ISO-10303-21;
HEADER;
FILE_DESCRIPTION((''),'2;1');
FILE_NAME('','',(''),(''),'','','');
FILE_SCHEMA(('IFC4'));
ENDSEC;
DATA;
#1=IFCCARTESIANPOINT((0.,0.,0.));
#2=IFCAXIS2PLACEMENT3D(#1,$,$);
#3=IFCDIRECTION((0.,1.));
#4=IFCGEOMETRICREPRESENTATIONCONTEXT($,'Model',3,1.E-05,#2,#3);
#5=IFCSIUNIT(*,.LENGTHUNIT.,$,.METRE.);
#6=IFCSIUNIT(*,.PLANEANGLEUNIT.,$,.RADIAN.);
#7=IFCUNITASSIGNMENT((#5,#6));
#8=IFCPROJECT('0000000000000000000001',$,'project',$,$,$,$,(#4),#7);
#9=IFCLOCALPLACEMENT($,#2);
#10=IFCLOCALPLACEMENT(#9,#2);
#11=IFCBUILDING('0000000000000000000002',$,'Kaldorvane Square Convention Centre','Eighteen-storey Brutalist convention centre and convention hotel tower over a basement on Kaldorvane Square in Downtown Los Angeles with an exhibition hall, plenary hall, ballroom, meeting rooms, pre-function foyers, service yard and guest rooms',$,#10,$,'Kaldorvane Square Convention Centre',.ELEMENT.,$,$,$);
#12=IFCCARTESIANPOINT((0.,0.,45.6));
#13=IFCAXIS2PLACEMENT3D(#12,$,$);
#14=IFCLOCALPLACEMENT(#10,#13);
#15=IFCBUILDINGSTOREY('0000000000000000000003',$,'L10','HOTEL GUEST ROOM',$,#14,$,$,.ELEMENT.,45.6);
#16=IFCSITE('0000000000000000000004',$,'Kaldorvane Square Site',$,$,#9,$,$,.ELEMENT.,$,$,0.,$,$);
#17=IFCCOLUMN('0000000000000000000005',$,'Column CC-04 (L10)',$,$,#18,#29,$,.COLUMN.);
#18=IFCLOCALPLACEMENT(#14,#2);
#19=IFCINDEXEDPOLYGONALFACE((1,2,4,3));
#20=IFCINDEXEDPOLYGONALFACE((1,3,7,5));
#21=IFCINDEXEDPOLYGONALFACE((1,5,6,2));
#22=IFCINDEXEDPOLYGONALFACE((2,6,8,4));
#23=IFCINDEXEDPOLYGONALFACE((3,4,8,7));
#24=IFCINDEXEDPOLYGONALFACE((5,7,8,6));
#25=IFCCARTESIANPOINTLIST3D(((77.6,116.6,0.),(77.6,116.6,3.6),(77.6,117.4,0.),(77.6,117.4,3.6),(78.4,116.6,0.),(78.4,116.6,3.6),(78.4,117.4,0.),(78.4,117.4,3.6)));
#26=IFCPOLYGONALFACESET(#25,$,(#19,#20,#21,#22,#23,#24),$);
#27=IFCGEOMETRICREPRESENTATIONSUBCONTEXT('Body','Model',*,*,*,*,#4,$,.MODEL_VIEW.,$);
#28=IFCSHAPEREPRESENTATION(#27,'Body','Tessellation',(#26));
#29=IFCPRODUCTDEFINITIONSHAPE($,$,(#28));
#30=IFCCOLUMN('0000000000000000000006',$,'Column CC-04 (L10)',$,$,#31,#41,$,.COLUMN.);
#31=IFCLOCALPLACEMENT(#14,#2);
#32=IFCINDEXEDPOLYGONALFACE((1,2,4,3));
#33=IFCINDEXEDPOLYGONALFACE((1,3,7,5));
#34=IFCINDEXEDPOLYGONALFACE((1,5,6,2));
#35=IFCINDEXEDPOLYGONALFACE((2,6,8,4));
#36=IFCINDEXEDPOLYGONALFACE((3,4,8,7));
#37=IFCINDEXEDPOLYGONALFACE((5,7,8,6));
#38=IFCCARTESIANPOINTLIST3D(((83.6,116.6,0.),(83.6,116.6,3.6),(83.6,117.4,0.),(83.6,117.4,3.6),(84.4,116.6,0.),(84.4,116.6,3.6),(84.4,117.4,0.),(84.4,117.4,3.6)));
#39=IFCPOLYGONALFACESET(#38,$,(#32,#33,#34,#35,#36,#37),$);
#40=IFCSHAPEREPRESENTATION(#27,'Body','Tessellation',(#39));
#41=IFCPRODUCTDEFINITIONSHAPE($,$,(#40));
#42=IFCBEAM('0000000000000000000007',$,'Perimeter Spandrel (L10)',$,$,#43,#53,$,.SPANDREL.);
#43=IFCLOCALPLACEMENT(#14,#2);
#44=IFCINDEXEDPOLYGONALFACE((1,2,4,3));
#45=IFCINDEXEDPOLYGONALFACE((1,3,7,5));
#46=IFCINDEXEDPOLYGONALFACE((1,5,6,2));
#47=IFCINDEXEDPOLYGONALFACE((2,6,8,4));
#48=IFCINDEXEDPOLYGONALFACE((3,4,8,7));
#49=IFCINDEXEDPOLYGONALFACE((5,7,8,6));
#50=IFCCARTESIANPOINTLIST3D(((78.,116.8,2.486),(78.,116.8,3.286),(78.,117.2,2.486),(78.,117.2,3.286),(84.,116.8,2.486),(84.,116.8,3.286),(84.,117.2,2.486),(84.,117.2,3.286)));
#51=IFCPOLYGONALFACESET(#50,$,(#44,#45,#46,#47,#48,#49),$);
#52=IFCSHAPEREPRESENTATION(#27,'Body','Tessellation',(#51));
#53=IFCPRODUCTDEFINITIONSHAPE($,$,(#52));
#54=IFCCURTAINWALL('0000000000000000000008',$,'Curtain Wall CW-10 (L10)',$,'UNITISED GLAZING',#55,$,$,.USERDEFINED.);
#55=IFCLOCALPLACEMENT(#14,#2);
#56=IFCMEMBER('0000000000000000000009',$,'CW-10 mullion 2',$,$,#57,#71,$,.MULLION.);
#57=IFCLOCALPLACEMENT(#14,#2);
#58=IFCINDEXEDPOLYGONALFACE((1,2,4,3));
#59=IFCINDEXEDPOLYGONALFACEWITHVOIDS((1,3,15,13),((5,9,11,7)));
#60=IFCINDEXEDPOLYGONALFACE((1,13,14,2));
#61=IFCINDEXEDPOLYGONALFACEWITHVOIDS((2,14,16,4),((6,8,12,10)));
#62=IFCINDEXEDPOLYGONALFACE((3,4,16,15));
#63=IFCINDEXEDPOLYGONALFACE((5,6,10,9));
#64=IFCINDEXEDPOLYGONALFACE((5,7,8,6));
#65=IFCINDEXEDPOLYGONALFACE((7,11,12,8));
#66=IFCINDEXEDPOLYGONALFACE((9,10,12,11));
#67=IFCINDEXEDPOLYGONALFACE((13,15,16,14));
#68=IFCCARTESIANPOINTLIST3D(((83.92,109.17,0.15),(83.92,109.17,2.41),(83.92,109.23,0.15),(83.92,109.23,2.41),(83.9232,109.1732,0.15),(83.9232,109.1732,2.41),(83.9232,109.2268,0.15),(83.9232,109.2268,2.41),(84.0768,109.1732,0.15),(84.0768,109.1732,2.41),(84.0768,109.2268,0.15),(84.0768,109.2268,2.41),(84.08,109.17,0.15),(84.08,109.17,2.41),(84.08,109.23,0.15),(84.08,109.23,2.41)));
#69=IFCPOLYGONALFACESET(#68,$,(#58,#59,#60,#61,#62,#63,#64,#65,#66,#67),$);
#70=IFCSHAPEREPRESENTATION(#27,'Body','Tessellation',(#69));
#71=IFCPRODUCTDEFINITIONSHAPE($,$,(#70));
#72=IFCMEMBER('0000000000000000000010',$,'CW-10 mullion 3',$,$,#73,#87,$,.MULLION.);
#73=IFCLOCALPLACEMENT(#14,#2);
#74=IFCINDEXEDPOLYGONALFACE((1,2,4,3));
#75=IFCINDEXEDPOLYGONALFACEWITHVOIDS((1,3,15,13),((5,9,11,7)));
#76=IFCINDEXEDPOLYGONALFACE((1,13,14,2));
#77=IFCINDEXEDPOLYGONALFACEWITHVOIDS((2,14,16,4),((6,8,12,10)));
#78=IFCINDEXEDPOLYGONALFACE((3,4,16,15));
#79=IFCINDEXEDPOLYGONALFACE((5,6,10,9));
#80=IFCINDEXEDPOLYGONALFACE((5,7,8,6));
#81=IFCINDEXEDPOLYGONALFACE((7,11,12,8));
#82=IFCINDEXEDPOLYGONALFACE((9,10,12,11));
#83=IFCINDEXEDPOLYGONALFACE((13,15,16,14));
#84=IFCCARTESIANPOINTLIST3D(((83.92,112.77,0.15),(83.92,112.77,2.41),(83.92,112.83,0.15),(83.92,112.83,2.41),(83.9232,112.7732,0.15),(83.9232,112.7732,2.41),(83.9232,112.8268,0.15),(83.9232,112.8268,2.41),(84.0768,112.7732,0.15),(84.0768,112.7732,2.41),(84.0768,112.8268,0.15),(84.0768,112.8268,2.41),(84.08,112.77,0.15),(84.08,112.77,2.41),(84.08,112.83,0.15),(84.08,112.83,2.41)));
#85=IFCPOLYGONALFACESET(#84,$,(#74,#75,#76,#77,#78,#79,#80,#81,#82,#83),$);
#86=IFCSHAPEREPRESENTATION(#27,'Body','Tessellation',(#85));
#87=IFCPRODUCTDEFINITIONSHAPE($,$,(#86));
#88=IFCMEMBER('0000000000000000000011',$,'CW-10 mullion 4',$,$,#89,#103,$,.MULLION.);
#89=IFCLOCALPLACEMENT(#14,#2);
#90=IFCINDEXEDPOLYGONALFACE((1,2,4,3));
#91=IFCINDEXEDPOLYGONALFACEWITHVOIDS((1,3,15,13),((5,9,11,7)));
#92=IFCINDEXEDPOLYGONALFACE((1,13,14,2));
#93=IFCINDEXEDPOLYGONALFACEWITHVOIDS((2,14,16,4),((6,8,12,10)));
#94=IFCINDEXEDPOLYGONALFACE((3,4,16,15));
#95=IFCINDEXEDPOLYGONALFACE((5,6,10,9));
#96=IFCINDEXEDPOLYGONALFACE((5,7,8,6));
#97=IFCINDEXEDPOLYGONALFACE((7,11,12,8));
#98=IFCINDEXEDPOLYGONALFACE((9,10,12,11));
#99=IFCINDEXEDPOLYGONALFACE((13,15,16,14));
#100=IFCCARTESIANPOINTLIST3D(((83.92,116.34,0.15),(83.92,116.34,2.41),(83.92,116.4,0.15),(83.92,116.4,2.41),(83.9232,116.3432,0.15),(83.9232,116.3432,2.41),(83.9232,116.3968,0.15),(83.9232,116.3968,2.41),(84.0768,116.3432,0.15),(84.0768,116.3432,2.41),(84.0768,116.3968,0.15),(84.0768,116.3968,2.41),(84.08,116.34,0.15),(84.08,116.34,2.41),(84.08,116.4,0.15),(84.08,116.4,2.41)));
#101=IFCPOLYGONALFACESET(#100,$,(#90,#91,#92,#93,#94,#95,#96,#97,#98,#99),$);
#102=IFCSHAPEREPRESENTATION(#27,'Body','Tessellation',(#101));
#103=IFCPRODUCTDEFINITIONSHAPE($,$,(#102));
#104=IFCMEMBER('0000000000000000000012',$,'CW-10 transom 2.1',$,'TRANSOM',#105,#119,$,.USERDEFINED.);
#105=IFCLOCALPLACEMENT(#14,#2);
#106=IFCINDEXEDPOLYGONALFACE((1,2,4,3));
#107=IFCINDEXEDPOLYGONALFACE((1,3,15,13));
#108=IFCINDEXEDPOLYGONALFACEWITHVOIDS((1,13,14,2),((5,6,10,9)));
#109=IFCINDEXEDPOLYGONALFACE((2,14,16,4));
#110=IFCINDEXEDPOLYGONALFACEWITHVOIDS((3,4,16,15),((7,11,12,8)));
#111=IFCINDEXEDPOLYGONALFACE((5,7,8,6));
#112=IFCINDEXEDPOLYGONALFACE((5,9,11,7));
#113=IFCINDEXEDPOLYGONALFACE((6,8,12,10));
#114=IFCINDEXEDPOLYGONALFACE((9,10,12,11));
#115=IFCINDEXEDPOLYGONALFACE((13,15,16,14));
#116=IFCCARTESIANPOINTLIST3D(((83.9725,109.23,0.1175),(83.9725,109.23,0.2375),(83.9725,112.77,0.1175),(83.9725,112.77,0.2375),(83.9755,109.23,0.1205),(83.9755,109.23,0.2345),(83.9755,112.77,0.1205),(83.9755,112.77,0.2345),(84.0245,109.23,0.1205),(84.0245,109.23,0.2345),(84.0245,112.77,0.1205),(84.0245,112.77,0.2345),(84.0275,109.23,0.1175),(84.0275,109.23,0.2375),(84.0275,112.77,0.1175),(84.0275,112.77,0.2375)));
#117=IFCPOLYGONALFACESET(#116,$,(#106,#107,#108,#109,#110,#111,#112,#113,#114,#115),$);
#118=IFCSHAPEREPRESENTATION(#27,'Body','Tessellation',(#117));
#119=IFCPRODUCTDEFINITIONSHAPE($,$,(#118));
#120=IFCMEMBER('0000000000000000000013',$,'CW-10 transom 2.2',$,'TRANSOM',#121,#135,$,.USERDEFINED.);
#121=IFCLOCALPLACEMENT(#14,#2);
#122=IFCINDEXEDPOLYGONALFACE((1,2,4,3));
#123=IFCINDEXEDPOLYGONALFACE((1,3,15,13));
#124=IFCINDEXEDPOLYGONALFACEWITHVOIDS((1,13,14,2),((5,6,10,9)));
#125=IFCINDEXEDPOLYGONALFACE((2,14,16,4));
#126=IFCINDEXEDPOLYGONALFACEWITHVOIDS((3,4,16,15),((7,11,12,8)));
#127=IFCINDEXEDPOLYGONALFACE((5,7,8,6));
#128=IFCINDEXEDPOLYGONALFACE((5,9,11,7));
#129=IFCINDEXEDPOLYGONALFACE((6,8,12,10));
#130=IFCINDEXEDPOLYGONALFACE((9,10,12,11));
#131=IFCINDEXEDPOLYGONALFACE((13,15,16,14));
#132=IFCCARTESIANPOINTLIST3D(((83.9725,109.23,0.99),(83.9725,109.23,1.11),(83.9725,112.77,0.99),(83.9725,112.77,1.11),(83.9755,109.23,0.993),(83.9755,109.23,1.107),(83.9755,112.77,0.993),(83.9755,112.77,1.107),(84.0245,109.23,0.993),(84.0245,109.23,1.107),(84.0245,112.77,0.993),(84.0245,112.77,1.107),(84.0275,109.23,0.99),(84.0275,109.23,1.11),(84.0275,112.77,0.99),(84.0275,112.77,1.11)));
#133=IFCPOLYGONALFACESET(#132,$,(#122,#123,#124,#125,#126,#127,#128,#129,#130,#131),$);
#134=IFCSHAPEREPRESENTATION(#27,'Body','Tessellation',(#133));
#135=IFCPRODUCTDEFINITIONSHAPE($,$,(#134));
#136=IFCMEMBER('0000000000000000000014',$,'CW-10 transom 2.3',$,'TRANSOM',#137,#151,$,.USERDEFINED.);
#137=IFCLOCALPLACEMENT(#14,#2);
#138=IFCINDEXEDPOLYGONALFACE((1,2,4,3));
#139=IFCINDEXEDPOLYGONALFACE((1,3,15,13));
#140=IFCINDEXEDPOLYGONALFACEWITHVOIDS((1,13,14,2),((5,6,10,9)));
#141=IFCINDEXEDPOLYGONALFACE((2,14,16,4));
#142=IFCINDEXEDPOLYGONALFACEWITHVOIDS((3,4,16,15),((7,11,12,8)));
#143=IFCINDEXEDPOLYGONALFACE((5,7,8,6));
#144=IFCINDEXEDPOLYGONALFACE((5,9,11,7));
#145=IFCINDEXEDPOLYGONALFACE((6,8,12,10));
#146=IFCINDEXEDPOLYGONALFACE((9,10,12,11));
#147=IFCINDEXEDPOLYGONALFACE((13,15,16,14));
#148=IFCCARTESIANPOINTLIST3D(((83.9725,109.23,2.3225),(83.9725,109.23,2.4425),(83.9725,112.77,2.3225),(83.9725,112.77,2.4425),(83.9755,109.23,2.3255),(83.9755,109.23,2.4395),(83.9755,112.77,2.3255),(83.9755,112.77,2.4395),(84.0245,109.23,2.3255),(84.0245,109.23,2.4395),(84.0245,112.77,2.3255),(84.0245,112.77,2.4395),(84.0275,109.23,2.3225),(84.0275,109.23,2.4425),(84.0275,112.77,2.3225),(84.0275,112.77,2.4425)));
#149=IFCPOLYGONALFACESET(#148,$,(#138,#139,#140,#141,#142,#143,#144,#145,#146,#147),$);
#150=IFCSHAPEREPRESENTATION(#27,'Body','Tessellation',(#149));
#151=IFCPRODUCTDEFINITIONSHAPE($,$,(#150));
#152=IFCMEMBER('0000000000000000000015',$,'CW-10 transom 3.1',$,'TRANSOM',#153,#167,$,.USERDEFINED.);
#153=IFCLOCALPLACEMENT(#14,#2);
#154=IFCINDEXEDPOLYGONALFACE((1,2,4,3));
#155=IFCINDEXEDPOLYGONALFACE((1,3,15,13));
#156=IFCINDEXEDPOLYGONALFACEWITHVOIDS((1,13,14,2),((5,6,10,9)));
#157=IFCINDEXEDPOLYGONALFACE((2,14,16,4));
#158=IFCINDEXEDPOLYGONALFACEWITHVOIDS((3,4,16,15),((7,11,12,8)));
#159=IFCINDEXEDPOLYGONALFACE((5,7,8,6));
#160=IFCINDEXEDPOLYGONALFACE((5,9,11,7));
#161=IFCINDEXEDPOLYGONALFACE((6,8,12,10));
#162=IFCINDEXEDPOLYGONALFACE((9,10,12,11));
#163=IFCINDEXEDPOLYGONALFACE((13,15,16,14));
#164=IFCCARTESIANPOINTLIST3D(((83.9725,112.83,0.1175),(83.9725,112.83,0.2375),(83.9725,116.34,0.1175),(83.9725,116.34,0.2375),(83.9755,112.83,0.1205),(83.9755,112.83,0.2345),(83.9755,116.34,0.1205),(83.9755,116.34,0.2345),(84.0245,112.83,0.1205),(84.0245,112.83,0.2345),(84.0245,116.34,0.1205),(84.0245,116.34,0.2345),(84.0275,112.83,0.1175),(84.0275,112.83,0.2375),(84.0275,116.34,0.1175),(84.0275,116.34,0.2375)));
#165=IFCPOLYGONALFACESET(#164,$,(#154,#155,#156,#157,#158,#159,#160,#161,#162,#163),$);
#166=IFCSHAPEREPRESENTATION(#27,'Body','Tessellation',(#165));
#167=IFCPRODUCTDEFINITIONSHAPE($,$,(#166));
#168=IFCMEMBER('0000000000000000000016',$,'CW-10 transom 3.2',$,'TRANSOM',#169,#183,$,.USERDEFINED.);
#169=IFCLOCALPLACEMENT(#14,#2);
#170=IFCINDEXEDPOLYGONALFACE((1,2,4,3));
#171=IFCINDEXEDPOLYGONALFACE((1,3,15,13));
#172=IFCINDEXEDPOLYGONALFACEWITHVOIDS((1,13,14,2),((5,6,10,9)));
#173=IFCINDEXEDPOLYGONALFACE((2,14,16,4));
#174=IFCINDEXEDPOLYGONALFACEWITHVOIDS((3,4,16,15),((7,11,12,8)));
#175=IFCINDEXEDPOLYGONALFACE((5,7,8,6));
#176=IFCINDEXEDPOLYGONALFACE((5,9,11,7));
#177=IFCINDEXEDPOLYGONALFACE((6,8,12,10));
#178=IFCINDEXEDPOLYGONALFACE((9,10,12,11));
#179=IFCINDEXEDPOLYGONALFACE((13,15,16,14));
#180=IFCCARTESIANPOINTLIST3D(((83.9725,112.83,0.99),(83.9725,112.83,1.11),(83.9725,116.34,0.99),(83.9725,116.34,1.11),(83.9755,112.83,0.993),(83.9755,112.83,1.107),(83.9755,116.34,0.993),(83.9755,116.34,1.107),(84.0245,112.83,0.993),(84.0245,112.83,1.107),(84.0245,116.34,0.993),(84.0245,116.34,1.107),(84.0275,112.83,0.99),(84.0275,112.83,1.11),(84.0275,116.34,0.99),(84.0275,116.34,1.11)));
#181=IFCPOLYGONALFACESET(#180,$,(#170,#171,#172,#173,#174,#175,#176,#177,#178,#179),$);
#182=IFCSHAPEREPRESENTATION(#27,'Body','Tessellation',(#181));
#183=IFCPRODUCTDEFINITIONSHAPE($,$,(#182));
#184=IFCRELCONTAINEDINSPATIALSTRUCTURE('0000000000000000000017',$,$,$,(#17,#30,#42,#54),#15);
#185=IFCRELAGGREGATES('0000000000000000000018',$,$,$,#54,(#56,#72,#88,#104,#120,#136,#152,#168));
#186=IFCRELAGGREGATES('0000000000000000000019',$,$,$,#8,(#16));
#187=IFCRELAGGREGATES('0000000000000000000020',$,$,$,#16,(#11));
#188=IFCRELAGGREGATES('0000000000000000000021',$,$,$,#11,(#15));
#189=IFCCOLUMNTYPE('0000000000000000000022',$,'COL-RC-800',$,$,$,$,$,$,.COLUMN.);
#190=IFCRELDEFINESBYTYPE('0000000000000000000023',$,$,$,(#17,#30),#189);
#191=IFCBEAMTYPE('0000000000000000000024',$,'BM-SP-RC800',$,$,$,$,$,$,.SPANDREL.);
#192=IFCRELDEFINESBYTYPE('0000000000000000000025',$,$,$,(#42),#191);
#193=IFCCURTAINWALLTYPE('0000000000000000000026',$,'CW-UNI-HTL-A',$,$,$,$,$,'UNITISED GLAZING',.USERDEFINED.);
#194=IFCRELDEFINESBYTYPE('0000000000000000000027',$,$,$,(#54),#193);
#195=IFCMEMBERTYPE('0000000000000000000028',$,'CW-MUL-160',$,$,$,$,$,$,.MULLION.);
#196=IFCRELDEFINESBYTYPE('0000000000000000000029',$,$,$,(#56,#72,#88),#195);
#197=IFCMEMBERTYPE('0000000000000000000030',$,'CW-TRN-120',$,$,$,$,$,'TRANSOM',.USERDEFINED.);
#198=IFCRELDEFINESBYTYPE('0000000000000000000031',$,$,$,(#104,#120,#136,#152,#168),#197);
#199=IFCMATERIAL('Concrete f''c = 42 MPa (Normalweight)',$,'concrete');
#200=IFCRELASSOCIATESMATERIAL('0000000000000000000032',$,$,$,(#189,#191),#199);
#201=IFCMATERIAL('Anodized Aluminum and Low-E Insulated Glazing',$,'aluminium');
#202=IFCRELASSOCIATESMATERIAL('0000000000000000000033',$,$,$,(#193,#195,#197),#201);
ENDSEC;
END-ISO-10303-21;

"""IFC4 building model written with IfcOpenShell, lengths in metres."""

from ifc_helpers import new_model, si_unit, direction, frame, origin, origin_2d, place, context, subcontext, project, spatial, rectangle, hollow_rectangle, extrude, material, material_profile, profile_set, type_object, element, aggregate, save


model = new_model("IFC4")

# Units and contexts
model_context = context("Model", 3, precision=1e-05, world=origin(), true_north=direction((0.0, 1.0)))
body_context = subcontext(model_context, "Body", "Model", "MODEL_VIEW")
ifc_project = project(units=[si_unit("LENGTHUNIT", "METRE"), si_unit("PLANEANGLEUNIT", "RADIAN")], contexts=[model_context])

# Site, building, storey
site_placement = place(None, origin())
site = spatial("IfcSite", under=ifc_project, at=site_placement, Name="Kaldorvane Square Site", CompositionType="ELEMENT", RefElevation=0.0)
building_placement = place(site_placement, origin())
building = spatial("IfcBuilding", under=site, at=building_placement, Name="Kaldorvane Square Convention Centre", Description="Eighteen-storey Brutalist convention centre and convention hotel tower over a basement on Kaldorvane Square in Downtown Los Angeles with an exhibition hall, plenary hall, ballroom, meeting rooms, pre-function foyers, service yard and guest rooms", LongName="Kaldorvane Square Convention Centre", CompositionType="ELEMENT")
storey_placement = place(building_placement, frame((0.0, 0.0, 45.6)))
storey = spatial("IfcBuildingStorey", under=building, at=storey_placement, Name="L10", Description="HOTEL GUEST ROOM", CompositionType="ELEMENT", Elevation=45.6)

# Columns
ifc_material_1 = material(Name="Concrete f'c = 42 MPa (Normalweight)", Category="concrete")
ifc_material_profile_1 = material_profile(ifc_material_1, rectangle(XDim=0.8, YDim=0.8, at=origin_2d()), Name="RC800X800")
ifc_profile_set_1 = profile_set([ifc_material_profile_1], Name="Concrete f'c = 42 MPa (Normalweight)")
column_type = type_object("IfcColumnType", Name="COL-RC-800", PredefinedType="COLUMN", material=ifc_profile_set_1)
for number, where, z_axis, x_axis, name in (
    (1, (78.0, 117.0, 0.0), (0.0, 0.0, 1.0), (1.0, 0.0, 0.0), "Column CC-04 (L10)"),
    (2, (84.0, 117.0, 0.0), (0.0, 0.0, 1.0), (1.0, 0.0, 0.0), "Column CC-04 (L10)"),
):
    element("IfcColumn", number, at=place(storey_placement, frame(where, z_axis=z_axis, x_axis=x_axis)), inside=storey, type_object=column_type, Name=name, PredefinedType="COLUMN", context=body_context, shape_type="SweptSolid", body=[
        extrude(rectangle(XDim=0.8, YDim=0.8, at=origin_2d()), origin(), (0.0, 0.0, 1.0), 3.6),
    ])

# Beam
ifc_material_profile_2 = material_profile(ifc_material_1, rectangle(XDim=0.4, YDim=0.8, at=origin_2d()), Name="RCSP800X400")
ifc_profile_set_2 = profile_set([ifc_material_profile_2], Name="Concrete f'c = 42 MPa (Normalweight)")
beam_type = type_object("IfcBeamType", Name="BM-SP-RC800", PredefinedType="SPANDREL", material=ifc_profile_set_2)
beam_placement = place(storey_placement, frame((78.0, 117.0, 2.886), z_axis=(1.0, 0.0, 0.0), x_axis=(0.0, 1.0, 0.0)))
element("IfcBeam", 3, at=beam_placement, inside=storey, type_object=beam_type, Name="Perimeter Spandrel (L10)", PredefinedType="SPANDREL", context=body_context, shape_type="SweptSolid", body=[
    extrude(rectangle(XDim=0.4, YDim=0.8, at=origin_2d()), origin(), (0.0, 0.0, 1.0), 6.0),
])

# Curtain wall, members
ifc_material_2 = material(Name="Anodized Aluminum and Low-E Insulated Glazing", Category="aluminium")
curtain_wall_type = type_object("IfcCurtainWallType", Name="CW-UNI-HTL-A", ElementType="UNITISED GLAZING", PredefinedType="USERDEFINED", material=ifc_material_2)
curtain_wall_placement = place(storey_placement, origin())
curtain_wall = element("IfcCurtainWall", 4, at=curtain_wall_placement, inside=storey, type_object=curtain_wall_type, Name="Curtain Wall CW-10 (L10)", ObjectType="UNITISED GLAZING", PredefinedType="USERDEFINED")
ifc_material_profile_3 = material_profile(ifc_material_2, hollow_rectangle(XDim=0.06, YDim=0.16, WallThickness=0.0032, at=origin_2d()), Name="CWM-160X60")
ifc_profile_set_3 = profile_set([ifc_material_profile_3], Name="Anodized Aluminum and Low-E Insulated Glazing")
member_type_1 = type_object("IfcMemberType", Name="CW-MUL-160", PredefinedType="MULLION", material=ifc_profile_set_3)
member_1_placement = place(storey_placement, frame((84.0, 109.2, 0.15), z_axis=(0.0, 0.0, 1.0), x_axis=(0.0, 1.0, 0.0)))
member_1 = element("IfcMember", 5, at=member_1_placement, type_object=member_type_1, Name="CW-10 mullion 2", PredefinedType="MULLION", context=body_context, shape_type="SweptSolid", body=[
    extrude(hollow_rectangle(XDim=0.06, YDim=0.16, WallThickness=0.0032, at=origin_2d()), origin(), (0.0, 0.0, 1.0), 2.26),
])
member_2_placement = place(storey_placement, frame((84.0, 112.8, 0.15), z_axis=(0.0, 0.0, 1.0), x_axis=(0.0, 1.0, 0.0)))
member_2 = element("IfcMember", 6, at=member_2_placement, type_object=member_type_1, Name="CW-10 mullion 3", PredefinedType="MULLION", context=body_context, shape_type="SweptSolid", body=[
    extrude(hollow_rectangle(XDim=0.06, YDim=0.16, WallThickness=0.0032, at=origin_2d()), origin(), (0.0, 0.0, 1.0), 2.26),
])
member_3_placement = place(storey_placement, frame((84.0, 116.37, 0.15), z_axis=(0.0, 0.0, 1.0), x_axis=(0.0, 1.0, 0.0)))
member_3 = element("IfcMember", 7, at=member_3_placement, type_object=member_type_1, Name="CW-10 mullion 4", PredefinedType="MULLION", context=body_context, shape_type="SweptSolid", body=[
    extrude(hollow_rectangle(XDim=0.06, YDim=0.16, WallThickness=0.0032, at=origin_2d()), origin(), (0.0, 0.0, 1.0), 2.26),
])
ifc_material_profile_4 = material_profile(ifc_material_2, hollow_rectangle(XDim=0.055, YDim=0.12, WallThickness=0.003, at=origin_2d()), Name="CWT-120X55")
ifc_profile_set_4 = profile_set([ifc_material_profile_4], Name="Anodized Aluminum and Low-E Insulated Glazing")
member_type_2 = type_object("IfcMemberType", Name="CW-TRN-120", ElementType="TRANSOM", PredefinedType="USERDEFINED", material=ifc_profile_set_4)
member_4_placement = place(storey_placement, frame((84.0, 109.23, 0.1775), z_axis=(0.0, 1.0, 0.0), x_axis=(-1.0, 0.0, 0.0)))
member_4 = element("IfcMember", 8, at=member_4_placement, type_object=member_type_2, Name="CW-10 transom 2.1", ObjectType="TRANSOM", PredefinedType="USERDEFINED", context=body_context, shape_type="SweptSolid", body=[
    extrude(hollow_rectangle(XDim=0.055, YDim=0.12, WallThickness=0.003, at=origin_2d()), origin(), (0.0, 0.0, 1.0), 3.54),
])
member_5_placement = place(storey_placement, frame((84.0, 109.23, 1.05), z_axis=(0.0, 1.0, 0.0), x_axis=(-1.0, 0.0, 0.0)))
member_5 = element("IfcMember", 9, at=member_5_placement, type_object=member_type_2, Name="CW-10 transom 2.2", ObjectType="TRANSOM", PredefinedType="USERDEFINED", context=body_context, shape_type="SweptSolid", body=[
    extrude(hollow_rectangle(XDim=0.055, YDim=0.12, WallThickness=0.003, at=origin_2d()), origin(), (0.0, 0.0, 1.0), 3.54),
])
member_6_placement = place(storey_placement, frame((84.0, 109.23, 2.3825), z_axis=(0.0, 1.0, 0.0), x_axis=(-1.0, 0.0, 0.0)))
member_6 = element("IfcMember", 10, at=member_6_placement, type_object=member_type_2, Name="CW-10 transom 2.3", ObjectType="TRANSOM", PredefinedType="USERDEFINED", context=body_context, shape_type="SweptSolid", body=[
    extrude(hollow_rectangle(XDim=0.055, YDim=0.12, WallThickness=0.003, at=origin_2d()), origin(), (0.0, 0.0, 1.0), 3.54),
])
member_7_placement = place(storey_placement, frame((84.0, 112.83, 0.1775), z_axis=(0.0, 1.0, 0.0), x_axis=(-1.0, 0.0, 0.0)))
member_7 = element("IfcMember", 11, at=member_7_placement, type_object=member_type_2, Name="CW-10 transom 3.1", ObjectType="TRANSOM", PredefinedType="USERDEFINED", context=body_context, shape_type="SweptSolid", body=[
    extrude(hollow_rectangle(XDim=0.055, YDim=0.12, WallThickness=0.003, at=origin_2d()), origin(), (0.0, 0.0, 1.0), 3.51),
])
member_8_placement = place(storey_placement, frame((84.0, 112.83, 1.05), z_axis=(0.0, 1.0, 0.0), x_axis=(-1.0, 0.0, 0.0)))
member_8 = element("IfcMember", 12, at=member_8_placement, type_object=member_type_2, Name="CW-10 transom 3.2", ObjectType="TRANSOM", PredefinedType="USERDEFINED", context=body_context, shape_type="SweptSolid", body=[
    extrude(hollow_rectangle(XDim=0.055, YDim=0.12, WallThickness=0.003, at=origin_2d()), origin(), (0.0, 0.0, 1.0), 3.51),
])
aggregate(curtain_wall, [member_1, member_2, member_3, member_4, member_5, member_6, member_7, member_8])

save(model, "model.ifc")
